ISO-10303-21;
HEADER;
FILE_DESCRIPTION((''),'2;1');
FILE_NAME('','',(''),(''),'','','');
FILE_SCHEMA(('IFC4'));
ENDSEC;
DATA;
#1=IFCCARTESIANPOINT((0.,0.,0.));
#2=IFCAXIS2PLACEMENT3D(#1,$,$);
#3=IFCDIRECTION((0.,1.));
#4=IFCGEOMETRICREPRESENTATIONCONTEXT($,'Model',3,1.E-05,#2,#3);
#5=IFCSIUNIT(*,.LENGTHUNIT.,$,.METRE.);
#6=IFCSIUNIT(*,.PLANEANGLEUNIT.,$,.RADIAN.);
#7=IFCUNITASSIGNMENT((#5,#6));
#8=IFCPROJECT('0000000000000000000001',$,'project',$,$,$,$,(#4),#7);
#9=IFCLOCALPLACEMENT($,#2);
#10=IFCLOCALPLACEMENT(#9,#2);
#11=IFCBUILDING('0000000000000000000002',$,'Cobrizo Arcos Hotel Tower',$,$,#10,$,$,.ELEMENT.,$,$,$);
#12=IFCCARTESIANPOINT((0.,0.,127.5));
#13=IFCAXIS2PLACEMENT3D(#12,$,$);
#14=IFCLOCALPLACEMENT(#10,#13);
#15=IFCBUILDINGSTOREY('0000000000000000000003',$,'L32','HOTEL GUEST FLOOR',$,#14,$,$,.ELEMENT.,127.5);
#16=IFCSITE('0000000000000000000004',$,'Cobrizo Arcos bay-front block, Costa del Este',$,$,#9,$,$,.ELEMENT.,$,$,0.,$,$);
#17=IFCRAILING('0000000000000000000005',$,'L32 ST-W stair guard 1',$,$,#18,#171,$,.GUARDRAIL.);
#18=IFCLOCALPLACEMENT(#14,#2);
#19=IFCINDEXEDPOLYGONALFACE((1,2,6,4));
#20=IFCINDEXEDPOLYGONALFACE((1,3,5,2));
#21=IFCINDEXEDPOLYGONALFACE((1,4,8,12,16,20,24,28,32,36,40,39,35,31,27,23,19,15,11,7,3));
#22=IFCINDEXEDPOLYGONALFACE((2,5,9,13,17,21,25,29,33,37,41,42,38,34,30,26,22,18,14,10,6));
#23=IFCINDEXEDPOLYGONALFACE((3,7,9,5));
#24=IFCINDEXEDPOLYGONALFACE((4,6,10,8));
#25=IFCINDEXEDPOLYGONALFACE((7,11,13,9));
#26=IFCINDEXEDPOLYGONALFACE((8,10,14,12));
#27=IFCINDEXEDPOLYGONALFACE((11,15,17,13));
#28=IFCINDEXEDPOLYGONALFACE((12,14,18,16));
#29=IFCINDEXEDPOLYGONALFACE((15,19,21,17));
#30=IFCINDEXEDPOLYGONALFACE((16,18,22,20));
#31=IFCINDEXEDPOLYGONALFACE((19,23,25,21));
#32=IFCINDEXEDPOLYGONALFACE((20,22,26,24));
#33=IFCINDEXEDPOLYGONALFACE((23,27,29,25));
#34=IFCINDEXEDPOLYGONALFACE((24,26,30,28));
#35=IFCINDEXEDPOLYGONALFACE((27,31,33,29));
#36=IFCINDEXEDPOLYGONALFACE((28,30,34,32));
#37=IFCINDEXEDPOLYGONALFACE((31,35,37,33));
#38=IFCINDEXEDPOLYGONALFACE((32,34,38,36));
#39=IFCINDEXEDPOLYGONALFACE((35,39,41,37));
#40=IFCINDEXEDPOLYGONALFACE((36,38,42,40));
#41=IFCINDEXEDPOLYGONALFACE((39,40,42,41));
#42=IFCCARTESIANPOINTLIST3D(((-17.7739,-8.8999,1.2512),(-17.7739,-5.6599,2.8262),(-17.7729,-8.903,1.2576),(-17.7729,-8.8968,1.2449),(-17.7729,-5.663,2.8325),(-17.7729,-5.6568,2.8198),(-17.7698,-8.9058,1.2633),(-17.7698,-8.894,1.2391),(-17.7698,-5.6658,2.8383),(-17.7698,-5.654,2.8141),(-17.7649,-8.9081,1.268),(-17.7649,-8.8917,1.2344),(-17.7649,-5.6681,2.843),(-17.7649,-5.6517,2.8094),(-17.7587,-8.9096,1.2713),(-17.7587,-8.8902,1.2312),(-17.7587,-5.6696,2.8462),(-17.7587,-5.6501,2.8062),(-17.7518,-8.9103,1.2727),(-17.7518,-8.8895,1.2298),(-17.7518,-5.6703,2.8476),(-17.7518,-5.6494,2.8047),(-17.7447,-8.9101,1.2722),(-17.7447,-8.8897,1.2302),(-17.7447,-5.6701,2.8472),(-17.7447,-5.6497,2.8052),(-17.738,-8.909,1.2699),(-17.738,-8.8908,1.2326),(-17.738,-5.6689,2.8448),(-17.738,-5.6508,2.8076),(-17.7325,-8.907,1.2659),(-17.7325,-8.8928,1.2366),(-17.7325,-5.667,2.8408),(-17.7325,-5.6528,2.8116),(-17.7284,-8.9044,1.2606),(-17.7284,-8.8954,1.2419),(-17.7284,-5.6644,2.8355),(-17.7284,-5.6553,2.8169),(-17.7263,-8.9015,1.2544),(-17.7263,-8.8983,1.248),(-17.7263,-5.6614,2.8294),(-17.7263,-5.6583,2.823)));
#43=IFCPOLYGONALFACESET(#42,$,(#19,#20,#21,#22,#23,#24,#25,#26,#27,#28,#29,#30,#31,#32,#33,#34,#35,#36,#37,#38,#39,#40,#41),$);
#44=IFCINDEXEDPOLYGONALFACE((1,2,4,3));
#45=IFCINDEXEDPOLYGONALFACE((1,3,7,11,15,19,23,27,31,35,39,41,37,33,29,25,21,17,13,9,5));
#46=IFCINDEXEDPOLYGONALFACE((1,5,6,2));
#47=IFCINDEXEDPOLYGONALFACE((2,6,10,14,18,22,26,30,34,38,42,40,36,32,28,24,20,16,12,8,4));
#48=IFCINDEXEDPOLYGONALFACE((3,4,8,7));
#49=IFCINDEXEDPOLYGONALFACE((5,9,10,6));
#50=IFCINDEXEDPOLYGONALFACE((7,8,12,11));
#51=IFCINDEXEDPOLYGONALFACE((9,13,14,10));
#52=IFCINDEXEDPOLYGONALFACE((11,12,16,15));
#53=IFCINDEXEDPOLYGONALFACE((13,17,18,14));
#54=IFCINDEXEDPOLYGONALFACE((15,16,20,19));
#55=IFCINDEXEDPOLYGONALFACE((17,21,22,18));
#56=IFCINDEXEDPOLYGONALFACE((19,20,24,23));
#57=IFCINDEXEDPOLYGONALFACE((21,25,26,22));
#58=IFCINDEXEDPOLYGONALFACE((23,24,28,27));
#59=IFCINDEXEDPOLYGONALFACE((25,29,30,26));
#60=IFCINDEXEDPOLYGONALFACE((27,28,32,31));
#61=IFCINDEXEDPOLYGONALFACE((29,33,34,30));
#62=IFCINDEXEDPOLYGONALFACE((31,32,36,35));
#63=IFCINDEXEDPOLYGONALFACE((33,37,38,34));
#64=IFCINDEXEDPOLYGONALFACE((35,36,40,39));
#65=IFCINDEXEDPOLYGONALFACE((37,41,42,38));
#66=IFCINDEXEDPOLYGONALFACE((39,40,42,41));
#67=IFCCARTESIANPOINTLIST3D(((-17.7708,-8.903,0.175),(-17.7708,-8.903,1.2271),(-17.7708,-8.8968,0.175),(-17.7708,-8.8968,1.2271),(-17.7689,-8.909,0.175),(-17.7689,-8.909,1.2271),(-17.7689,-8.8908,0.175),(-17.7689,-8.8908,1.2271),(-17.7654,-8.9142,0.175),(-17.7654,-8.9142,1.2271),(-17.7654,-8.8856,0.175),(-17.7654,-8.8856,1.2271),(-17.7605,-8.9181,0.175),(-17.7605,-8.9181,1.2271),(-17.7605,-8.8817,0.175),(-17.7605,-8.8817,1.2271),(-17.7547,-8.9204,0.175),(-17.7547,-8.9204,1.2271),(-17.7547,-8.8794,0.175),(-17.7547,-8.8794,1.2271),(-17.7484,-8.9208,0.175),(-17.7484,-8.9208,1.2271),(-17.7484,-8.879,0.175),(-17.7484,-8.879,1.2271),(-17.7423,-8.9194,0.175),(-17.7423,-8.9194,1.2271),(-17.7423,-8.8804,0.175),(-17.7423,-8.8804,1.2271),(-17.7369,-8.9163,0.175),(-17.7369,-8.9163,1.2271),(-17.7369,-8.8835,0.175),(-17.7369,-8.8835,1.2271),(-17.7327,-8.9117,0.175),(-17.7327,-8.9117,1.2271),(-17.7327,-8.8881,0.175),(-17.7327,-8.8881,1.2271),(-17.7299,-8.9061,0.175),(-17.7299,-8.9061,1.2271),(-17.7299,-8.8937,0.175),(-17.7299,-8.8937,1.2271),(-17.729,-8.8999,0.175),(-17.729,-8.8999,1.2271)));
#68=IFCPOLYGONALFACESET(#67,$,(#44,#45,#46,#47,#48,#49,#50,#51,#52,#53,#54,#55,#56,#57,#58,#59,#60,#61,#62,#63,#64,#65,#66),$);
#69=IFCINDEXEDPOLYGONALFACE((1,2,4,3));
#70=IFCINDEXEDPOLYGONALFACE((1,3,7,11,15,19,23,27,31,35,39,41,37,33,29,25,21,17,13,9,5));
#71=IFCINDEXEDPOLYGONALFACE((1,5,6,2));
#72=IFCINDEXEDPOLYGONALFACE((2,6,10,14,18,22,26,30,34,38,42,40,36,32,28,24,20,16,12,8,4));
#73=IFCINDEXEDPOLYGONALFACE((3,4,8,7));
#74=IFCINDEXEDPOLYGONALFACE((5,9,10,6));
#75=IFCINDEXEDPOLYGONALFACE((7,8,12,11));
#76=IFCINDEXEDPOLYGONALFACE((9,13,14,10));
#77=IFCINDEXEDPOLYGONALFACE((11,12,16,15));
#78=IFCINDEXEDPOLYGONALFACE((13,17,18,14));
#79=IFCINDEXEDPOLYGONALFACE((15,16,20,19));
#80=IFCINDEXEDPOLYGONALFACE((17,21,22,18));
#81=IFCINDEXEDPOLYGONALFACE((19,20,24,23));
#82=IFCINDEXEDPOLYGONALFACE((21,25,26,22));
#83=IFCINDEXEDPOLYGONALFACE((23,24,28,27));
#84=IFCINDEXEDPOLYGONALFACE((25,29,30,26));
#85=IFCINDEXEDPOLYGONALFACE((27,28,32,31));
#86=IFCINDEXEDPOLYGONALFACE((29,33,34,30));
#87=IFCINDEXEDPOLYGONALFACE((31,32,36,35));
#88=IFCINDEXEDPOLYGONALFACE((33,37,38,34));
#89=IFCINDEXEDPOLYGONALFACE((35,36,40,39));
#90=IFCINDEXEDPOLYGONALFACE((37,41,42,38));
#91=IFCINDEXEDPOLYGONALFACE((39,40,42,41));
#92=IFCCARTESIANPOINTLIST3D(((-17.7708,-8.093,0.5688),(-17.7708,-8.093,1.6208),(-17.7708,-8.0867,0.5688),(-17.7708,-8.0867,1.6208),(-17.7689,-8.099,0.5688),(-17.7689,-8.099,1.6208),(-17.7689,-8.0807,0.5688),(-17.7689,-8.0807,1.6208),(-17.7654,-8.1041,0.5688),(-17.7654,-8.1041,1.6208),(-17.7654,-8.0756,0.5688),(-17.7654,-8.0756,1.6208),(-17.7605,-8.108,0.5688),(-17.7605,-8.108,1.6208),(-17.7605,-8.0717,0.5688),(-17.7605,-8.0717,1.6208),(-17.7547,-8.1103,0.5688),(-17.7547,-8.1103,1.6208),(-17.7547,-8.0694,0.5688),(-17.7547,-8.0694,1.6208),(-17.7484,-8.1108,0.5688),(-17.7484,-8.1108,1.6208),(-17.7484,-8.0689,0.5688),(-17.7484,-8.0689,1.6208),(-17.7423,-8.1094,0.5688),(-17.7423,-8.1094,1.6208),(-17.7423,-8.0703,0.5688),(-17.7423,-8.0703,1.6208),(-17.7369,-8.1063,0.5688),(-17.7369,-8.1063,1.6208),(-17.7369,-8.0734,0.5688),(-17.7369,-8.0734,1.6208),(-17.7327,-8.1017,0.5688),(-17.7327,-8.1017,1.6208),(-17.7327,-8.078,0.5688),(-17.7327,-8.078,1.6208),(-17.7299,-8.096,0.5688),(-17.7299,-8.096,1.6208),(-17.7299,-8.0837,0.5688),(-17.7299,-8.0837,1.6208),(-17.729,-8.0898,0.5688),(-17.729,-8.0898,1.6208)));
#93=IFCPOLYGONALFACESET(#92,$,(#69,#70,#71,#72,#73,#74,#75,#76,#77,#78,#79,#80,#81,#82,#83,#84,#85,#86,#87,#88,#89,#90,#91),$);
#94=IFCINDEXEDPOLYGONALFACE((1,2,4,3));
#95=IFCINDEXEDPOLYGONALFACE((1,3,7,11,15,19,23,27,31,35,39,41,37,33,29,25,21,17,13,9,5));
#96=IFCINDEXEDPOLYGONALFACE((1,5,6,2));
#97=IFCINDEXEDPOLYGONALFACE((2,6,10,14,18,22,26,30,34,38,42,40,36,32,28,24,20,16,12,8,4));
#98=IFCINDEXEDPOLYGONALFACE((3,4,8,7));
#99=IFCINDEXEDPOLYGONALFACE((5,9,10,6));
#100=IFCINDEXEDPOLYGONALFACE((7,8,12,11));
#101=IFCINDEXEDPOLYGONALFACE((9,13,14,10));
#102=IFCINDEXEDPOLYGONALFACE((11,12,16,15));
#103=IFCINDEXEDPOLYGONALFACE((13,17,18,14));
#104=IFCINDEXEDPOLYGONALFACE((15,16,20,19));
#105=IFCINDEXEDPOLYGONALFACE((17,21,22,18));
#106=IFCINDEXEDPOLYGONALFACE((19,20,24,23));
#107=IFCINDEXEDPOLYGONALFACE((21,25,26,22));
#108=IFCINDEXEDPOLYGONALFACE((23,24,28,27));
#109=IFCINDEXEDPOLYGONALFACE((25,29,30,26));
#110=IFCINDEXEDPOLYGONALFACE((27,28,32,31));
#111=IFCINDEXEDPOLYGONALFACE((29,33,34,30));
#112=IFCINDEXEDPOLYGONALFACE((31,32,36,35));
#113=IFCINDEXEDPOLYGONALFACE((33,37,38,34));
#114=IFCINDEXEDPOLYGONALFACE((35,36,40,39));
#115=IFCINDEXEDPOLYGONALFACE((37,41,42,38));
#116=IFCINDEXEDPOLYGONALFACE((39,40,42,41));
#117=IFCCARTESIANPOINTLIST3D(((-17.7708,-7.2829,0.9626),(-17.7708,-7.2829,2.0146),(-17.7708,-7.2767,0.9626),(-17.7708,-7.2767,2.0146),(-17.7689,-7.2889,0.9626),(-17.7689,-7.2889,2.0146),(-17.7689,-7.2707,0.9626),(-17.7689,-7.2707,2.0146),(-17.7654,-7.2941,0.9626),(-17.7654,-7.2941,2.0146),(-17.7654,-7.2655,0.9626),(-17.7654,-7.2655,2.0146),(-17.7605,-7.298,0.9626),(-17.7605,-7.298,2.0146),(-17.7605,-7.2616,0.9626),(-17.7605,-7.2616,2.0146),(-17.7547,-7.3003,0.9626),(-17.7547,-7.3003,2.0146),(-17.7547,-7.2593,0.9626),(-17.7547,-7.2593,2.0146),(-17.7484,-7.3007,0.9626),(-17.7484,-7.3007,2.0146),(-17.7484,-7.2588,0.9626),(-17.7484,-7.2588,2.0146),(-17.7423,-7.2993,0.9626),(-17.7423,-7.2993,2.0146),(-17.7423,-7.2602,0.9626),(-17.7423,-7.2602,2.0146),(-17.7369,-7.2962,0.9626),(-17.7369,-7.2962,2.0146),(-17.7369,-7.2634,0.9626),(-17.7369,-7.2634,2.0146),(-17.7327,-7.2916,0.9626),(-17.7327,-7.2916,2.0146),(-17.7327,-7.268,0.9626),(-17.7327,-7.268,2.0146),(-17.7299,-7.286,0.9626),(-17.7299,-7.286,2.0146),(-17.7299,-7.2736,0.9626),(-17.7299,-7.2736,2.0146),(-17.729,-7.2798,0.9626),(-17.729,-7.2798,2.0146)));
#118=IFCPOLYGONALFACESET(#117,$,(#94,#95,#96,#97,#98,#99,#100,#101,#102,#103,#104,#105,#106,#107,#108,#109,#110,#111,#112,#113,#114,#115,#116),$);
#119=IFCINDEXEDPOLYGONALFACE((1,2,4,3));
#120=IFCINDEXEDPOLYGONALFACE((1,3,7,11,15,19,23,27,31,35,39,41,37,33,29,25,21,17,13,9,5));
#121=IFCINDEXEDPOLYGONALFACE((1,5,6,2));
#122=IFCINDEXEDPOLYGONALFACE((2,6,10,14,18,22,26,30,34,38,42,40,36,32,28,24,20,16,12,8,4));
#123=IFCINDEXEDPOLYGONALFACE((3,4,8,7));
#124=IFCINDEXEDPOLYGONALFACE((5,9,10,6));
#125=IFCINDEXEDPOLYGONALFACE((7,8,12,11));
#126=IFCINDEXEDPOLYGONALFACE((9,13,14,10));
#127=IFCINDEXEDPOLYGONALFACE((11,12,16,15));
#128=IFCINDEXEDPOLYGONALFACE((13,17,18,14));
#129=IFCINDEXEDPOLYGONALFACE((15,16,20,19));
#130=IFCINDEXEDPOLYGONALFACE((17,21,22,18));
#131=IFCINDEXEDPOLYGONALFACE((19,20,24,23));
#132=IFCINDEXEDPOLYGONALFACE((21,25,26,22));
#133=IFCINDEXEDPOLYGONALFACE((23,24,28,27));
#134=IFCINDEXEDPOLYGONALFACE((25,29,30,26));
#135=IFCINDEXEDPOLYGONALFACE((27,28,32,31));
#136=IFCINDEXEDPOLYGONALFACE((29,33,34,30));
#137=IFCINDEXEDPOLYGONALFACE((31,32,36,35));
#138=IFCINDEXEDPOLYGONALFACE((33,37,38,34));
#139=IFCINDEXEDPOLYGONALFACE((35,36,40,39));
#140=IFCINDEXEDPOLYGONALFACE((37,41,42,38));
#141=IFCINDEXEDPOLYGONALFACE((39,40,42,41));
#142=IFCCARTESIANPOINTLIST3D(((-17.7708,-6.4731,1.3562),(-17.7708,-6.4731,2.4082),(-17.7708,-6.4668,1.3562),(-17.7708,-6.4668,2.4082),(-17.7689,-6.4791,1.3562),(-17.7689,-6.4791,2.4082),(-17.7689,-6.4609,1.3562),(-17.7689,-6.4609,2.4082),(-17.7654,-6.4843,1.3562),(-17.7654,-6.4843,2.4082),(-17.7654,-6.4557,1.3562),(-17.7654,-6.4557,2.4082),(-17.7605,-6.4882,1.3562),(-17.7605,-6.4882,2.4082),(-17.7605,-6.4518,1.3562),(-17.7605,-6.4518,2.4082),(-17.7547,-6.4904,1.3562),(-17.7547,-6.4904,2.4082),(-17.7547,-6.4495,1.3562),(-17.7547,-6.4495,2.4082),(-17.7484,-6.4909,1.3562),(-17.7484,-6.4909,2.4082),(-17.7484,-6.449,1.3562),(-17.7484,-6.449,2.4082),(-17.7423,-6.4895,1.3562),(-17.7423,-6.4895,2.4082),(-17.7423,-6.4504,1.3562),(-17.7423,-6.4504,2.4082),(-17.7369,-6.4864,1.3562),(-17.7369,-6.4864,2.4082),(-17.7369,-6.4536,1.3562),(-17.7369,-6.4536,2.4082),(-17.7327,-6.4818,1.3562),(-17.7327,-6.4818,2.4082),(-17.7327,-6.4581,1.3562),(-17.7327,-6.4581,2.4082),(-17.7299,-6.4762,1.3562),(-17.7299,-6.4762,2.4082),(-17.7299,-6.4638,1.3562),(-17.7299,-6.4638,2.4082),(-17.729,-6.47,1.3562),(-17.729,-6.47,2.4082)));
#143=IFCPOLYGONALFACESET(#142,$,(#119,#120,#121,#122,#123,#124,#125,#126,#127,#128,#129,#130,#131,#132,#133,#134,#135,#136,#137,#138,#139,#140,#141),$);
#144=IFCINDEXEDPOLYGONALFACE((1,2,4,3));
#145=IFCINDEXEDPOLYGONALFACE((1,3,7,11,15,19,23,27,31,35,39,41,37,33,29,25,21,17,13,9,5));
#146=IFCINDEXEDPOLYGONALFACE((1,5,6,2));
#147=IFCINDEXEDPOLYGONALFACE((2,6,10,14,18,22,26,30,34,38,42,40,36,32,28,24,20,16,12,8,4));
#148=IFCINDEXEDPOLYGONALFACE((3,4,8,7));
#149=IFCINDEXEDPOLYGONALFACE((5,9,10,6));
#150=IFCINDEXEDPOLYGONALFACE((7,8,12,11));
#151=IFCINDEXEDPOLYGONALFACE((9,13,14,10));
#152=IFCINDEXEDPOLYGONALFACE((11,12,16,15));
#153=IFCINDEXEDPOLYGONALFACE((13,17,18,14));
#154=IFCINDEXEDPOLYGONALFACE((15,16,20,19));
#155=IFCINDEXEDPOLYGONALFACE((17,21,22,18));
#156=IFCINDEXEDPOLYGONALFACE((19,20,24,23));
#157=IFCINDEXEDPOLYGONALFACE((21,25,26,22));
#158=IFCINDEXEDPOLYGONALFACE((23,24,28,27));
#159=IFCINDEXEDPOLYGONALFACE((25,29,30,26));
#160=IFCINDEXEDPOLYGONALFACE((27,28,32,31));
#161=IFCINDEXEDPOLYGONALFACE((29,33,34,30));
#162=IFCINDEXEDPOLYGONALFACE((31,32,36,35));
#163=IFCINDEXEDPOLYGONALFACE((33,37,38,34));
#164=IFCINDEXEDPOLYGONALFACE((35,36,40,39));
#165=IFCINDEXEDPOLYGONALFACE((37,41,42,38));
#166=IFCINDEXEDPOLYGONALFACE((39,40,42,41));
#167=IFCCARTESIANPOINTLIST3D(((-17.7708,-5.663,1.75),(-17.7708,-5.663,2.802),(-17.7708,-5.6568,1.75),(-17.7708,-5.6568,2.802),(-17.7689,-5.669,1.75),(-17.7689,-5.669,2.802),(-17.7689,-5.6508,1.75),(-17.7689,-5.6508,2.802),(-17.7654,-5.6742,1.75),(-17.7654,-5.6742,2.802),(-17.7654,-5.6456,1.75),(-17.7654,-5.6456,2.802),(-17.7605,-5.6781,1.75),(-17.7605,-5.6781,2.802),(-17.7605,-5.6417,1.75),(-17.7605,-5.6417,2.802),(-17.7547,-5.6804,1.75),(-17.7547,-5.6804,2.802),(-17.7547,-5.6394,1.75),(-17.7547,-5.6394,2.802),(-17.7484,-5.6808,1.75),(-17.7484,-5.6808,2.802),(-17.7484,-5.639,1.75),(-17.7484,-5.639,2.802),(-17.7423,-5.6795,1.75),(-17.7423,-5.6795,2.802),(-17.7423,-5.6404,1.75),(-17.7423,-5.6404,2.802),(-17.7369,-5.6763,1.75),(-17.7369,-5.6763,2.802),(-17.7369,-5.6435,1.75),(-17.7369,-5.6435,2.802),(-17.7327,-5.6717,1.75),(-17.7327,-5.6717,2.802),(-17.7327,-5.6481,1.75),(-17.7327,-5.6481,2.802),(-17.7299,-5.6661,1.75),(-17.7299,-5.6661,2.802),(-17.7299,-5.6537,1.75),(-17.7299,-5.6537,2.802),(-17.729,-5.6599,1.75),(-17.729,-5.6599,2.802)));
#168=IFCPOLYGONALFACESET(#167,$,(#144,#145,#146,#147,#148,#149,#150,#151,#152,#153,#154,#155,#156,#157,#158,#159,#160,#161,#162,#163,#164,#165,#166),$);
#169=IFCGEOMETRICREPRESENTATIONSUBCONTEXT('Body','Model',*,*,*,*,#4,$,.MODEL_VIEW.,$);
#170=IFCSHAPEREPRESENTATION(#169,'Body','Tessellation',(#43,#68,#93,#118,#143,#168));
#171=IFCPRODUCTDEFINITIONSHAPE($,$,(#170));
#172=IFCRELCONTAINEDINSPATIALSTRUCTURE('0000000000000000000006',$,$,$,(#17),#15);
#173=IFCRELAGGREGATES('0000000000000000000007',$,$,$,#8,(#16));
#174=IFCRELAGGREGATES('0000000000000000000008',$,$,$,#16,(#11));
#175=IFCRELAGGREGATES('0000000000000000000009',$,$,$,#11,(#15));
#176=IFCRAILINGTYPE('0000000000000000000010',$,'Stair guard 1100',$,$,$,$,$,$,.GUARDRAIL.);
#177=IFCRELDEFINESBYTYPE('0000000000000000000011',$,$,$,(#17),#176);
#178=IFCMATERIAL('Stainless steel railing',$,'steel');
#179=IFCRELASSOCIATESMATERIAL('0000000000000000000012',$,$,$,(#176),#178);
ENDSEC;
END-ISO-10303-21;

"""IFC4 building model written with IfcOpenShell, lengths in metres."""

from ifc_helpers import new_model, si_unit, direction, frame, origin, origin_2d, place, context, subcontext, project, spatial, circle, extrude, material, type_object, element, save


model = new_model("IFC4")

# Units and contexts
model_context = context("Model", 3, precision=1e-05, world=origin(), true_north=direction((0.0, 1.0)))
body_context = subcontext(model_context, "Body", "Model", "MODEL_VIEW")
ifc_project = project(units=[si_unit("LENGTHUNIT", "METRE"), si_unit("PLANEANGLEUNIT", "RADIAN")], contexts=[model_context])

# Site, building, storey
site_placement = place(None, origin())
site = spatial("IfcSite", under=ifc_project, at=site_placement, Name="Cobrizo Arcos bay-front block, Costa del Este", CompositionType="ELEMENT", RefElevation=0.0)
building_placement = place(site_placement, origin())
building = spatial("IfcBuilding", under=site, at=building_placement, Name="Cobrizo Arcos Hotel Tower", CompositionType="ELEMENT")
storey_placement = place(building_placement, frame((0.0, 0.0, 127.5)))
storey = spatial("IfcBuildingStorey", under=building, at=storey_placement, Name="L32", Description="HOTEL GUEST FLOOR", CompositionType="ELEMENT", Elevation=127.5)

# Railing
ifc_material_1 = material(Name="Stainless steel railing", Category="steel")
railing_type_1 = type_object("IfcRailingType", Name="Stair guard 1100", PredefinedType="GUARDRAIL", material=ifc_material_1)
railing_1_placement = place(storey_placement, frame((-17.75, -8.8999, 0.175)))
element("IfcRailing", 1, at=railing_1_placement, inside=storey, type_object=railing_type_1, Name="L32 ST-W stair guard 1", PredefinedType="GUARDRAIL", context=body_context, shape_type="SweptSolid", body=[
    extrude(circle(Radius=0.0239, at=origin_2d()), frame((0.0, 0.0, 1.0762), z_axis=(0.0, 0.899373, 0.437183), x_axis=(-1.0, 0.0, 0.0)), (0.0, 0.0, 1.0), 3.6025),
    extrude(circle(Radius=0.021, at=origin_2d()), origin(), (0.0, 0.0, 1.0), 1.052),
    extrude(circle(Radius=0.021, at=origin_2d()), frame((0.0, 0.8101, 0.3938)), (0.0, 0.0, 1.0), 1.052),
    extrude(circle(Radius=0.021, at=origin_2d()), frame((0.0, 1.6201, 0.7876)), (0.0, 0.0, 1.0), 1.052),
    extrude(circle(Radius=0.021, at=origin_2d()), frame((0.0, 2.4299, 1.1812)), (0.0, 0.0, 1.0), 1.052),
    extrude(circle(Radius=0.021, at=origin_2d()), frame((0.0, 3.24, 1.575)), (0.0, 0.0, 1.0), 1.052),
])

save(model, "model.ifc")
